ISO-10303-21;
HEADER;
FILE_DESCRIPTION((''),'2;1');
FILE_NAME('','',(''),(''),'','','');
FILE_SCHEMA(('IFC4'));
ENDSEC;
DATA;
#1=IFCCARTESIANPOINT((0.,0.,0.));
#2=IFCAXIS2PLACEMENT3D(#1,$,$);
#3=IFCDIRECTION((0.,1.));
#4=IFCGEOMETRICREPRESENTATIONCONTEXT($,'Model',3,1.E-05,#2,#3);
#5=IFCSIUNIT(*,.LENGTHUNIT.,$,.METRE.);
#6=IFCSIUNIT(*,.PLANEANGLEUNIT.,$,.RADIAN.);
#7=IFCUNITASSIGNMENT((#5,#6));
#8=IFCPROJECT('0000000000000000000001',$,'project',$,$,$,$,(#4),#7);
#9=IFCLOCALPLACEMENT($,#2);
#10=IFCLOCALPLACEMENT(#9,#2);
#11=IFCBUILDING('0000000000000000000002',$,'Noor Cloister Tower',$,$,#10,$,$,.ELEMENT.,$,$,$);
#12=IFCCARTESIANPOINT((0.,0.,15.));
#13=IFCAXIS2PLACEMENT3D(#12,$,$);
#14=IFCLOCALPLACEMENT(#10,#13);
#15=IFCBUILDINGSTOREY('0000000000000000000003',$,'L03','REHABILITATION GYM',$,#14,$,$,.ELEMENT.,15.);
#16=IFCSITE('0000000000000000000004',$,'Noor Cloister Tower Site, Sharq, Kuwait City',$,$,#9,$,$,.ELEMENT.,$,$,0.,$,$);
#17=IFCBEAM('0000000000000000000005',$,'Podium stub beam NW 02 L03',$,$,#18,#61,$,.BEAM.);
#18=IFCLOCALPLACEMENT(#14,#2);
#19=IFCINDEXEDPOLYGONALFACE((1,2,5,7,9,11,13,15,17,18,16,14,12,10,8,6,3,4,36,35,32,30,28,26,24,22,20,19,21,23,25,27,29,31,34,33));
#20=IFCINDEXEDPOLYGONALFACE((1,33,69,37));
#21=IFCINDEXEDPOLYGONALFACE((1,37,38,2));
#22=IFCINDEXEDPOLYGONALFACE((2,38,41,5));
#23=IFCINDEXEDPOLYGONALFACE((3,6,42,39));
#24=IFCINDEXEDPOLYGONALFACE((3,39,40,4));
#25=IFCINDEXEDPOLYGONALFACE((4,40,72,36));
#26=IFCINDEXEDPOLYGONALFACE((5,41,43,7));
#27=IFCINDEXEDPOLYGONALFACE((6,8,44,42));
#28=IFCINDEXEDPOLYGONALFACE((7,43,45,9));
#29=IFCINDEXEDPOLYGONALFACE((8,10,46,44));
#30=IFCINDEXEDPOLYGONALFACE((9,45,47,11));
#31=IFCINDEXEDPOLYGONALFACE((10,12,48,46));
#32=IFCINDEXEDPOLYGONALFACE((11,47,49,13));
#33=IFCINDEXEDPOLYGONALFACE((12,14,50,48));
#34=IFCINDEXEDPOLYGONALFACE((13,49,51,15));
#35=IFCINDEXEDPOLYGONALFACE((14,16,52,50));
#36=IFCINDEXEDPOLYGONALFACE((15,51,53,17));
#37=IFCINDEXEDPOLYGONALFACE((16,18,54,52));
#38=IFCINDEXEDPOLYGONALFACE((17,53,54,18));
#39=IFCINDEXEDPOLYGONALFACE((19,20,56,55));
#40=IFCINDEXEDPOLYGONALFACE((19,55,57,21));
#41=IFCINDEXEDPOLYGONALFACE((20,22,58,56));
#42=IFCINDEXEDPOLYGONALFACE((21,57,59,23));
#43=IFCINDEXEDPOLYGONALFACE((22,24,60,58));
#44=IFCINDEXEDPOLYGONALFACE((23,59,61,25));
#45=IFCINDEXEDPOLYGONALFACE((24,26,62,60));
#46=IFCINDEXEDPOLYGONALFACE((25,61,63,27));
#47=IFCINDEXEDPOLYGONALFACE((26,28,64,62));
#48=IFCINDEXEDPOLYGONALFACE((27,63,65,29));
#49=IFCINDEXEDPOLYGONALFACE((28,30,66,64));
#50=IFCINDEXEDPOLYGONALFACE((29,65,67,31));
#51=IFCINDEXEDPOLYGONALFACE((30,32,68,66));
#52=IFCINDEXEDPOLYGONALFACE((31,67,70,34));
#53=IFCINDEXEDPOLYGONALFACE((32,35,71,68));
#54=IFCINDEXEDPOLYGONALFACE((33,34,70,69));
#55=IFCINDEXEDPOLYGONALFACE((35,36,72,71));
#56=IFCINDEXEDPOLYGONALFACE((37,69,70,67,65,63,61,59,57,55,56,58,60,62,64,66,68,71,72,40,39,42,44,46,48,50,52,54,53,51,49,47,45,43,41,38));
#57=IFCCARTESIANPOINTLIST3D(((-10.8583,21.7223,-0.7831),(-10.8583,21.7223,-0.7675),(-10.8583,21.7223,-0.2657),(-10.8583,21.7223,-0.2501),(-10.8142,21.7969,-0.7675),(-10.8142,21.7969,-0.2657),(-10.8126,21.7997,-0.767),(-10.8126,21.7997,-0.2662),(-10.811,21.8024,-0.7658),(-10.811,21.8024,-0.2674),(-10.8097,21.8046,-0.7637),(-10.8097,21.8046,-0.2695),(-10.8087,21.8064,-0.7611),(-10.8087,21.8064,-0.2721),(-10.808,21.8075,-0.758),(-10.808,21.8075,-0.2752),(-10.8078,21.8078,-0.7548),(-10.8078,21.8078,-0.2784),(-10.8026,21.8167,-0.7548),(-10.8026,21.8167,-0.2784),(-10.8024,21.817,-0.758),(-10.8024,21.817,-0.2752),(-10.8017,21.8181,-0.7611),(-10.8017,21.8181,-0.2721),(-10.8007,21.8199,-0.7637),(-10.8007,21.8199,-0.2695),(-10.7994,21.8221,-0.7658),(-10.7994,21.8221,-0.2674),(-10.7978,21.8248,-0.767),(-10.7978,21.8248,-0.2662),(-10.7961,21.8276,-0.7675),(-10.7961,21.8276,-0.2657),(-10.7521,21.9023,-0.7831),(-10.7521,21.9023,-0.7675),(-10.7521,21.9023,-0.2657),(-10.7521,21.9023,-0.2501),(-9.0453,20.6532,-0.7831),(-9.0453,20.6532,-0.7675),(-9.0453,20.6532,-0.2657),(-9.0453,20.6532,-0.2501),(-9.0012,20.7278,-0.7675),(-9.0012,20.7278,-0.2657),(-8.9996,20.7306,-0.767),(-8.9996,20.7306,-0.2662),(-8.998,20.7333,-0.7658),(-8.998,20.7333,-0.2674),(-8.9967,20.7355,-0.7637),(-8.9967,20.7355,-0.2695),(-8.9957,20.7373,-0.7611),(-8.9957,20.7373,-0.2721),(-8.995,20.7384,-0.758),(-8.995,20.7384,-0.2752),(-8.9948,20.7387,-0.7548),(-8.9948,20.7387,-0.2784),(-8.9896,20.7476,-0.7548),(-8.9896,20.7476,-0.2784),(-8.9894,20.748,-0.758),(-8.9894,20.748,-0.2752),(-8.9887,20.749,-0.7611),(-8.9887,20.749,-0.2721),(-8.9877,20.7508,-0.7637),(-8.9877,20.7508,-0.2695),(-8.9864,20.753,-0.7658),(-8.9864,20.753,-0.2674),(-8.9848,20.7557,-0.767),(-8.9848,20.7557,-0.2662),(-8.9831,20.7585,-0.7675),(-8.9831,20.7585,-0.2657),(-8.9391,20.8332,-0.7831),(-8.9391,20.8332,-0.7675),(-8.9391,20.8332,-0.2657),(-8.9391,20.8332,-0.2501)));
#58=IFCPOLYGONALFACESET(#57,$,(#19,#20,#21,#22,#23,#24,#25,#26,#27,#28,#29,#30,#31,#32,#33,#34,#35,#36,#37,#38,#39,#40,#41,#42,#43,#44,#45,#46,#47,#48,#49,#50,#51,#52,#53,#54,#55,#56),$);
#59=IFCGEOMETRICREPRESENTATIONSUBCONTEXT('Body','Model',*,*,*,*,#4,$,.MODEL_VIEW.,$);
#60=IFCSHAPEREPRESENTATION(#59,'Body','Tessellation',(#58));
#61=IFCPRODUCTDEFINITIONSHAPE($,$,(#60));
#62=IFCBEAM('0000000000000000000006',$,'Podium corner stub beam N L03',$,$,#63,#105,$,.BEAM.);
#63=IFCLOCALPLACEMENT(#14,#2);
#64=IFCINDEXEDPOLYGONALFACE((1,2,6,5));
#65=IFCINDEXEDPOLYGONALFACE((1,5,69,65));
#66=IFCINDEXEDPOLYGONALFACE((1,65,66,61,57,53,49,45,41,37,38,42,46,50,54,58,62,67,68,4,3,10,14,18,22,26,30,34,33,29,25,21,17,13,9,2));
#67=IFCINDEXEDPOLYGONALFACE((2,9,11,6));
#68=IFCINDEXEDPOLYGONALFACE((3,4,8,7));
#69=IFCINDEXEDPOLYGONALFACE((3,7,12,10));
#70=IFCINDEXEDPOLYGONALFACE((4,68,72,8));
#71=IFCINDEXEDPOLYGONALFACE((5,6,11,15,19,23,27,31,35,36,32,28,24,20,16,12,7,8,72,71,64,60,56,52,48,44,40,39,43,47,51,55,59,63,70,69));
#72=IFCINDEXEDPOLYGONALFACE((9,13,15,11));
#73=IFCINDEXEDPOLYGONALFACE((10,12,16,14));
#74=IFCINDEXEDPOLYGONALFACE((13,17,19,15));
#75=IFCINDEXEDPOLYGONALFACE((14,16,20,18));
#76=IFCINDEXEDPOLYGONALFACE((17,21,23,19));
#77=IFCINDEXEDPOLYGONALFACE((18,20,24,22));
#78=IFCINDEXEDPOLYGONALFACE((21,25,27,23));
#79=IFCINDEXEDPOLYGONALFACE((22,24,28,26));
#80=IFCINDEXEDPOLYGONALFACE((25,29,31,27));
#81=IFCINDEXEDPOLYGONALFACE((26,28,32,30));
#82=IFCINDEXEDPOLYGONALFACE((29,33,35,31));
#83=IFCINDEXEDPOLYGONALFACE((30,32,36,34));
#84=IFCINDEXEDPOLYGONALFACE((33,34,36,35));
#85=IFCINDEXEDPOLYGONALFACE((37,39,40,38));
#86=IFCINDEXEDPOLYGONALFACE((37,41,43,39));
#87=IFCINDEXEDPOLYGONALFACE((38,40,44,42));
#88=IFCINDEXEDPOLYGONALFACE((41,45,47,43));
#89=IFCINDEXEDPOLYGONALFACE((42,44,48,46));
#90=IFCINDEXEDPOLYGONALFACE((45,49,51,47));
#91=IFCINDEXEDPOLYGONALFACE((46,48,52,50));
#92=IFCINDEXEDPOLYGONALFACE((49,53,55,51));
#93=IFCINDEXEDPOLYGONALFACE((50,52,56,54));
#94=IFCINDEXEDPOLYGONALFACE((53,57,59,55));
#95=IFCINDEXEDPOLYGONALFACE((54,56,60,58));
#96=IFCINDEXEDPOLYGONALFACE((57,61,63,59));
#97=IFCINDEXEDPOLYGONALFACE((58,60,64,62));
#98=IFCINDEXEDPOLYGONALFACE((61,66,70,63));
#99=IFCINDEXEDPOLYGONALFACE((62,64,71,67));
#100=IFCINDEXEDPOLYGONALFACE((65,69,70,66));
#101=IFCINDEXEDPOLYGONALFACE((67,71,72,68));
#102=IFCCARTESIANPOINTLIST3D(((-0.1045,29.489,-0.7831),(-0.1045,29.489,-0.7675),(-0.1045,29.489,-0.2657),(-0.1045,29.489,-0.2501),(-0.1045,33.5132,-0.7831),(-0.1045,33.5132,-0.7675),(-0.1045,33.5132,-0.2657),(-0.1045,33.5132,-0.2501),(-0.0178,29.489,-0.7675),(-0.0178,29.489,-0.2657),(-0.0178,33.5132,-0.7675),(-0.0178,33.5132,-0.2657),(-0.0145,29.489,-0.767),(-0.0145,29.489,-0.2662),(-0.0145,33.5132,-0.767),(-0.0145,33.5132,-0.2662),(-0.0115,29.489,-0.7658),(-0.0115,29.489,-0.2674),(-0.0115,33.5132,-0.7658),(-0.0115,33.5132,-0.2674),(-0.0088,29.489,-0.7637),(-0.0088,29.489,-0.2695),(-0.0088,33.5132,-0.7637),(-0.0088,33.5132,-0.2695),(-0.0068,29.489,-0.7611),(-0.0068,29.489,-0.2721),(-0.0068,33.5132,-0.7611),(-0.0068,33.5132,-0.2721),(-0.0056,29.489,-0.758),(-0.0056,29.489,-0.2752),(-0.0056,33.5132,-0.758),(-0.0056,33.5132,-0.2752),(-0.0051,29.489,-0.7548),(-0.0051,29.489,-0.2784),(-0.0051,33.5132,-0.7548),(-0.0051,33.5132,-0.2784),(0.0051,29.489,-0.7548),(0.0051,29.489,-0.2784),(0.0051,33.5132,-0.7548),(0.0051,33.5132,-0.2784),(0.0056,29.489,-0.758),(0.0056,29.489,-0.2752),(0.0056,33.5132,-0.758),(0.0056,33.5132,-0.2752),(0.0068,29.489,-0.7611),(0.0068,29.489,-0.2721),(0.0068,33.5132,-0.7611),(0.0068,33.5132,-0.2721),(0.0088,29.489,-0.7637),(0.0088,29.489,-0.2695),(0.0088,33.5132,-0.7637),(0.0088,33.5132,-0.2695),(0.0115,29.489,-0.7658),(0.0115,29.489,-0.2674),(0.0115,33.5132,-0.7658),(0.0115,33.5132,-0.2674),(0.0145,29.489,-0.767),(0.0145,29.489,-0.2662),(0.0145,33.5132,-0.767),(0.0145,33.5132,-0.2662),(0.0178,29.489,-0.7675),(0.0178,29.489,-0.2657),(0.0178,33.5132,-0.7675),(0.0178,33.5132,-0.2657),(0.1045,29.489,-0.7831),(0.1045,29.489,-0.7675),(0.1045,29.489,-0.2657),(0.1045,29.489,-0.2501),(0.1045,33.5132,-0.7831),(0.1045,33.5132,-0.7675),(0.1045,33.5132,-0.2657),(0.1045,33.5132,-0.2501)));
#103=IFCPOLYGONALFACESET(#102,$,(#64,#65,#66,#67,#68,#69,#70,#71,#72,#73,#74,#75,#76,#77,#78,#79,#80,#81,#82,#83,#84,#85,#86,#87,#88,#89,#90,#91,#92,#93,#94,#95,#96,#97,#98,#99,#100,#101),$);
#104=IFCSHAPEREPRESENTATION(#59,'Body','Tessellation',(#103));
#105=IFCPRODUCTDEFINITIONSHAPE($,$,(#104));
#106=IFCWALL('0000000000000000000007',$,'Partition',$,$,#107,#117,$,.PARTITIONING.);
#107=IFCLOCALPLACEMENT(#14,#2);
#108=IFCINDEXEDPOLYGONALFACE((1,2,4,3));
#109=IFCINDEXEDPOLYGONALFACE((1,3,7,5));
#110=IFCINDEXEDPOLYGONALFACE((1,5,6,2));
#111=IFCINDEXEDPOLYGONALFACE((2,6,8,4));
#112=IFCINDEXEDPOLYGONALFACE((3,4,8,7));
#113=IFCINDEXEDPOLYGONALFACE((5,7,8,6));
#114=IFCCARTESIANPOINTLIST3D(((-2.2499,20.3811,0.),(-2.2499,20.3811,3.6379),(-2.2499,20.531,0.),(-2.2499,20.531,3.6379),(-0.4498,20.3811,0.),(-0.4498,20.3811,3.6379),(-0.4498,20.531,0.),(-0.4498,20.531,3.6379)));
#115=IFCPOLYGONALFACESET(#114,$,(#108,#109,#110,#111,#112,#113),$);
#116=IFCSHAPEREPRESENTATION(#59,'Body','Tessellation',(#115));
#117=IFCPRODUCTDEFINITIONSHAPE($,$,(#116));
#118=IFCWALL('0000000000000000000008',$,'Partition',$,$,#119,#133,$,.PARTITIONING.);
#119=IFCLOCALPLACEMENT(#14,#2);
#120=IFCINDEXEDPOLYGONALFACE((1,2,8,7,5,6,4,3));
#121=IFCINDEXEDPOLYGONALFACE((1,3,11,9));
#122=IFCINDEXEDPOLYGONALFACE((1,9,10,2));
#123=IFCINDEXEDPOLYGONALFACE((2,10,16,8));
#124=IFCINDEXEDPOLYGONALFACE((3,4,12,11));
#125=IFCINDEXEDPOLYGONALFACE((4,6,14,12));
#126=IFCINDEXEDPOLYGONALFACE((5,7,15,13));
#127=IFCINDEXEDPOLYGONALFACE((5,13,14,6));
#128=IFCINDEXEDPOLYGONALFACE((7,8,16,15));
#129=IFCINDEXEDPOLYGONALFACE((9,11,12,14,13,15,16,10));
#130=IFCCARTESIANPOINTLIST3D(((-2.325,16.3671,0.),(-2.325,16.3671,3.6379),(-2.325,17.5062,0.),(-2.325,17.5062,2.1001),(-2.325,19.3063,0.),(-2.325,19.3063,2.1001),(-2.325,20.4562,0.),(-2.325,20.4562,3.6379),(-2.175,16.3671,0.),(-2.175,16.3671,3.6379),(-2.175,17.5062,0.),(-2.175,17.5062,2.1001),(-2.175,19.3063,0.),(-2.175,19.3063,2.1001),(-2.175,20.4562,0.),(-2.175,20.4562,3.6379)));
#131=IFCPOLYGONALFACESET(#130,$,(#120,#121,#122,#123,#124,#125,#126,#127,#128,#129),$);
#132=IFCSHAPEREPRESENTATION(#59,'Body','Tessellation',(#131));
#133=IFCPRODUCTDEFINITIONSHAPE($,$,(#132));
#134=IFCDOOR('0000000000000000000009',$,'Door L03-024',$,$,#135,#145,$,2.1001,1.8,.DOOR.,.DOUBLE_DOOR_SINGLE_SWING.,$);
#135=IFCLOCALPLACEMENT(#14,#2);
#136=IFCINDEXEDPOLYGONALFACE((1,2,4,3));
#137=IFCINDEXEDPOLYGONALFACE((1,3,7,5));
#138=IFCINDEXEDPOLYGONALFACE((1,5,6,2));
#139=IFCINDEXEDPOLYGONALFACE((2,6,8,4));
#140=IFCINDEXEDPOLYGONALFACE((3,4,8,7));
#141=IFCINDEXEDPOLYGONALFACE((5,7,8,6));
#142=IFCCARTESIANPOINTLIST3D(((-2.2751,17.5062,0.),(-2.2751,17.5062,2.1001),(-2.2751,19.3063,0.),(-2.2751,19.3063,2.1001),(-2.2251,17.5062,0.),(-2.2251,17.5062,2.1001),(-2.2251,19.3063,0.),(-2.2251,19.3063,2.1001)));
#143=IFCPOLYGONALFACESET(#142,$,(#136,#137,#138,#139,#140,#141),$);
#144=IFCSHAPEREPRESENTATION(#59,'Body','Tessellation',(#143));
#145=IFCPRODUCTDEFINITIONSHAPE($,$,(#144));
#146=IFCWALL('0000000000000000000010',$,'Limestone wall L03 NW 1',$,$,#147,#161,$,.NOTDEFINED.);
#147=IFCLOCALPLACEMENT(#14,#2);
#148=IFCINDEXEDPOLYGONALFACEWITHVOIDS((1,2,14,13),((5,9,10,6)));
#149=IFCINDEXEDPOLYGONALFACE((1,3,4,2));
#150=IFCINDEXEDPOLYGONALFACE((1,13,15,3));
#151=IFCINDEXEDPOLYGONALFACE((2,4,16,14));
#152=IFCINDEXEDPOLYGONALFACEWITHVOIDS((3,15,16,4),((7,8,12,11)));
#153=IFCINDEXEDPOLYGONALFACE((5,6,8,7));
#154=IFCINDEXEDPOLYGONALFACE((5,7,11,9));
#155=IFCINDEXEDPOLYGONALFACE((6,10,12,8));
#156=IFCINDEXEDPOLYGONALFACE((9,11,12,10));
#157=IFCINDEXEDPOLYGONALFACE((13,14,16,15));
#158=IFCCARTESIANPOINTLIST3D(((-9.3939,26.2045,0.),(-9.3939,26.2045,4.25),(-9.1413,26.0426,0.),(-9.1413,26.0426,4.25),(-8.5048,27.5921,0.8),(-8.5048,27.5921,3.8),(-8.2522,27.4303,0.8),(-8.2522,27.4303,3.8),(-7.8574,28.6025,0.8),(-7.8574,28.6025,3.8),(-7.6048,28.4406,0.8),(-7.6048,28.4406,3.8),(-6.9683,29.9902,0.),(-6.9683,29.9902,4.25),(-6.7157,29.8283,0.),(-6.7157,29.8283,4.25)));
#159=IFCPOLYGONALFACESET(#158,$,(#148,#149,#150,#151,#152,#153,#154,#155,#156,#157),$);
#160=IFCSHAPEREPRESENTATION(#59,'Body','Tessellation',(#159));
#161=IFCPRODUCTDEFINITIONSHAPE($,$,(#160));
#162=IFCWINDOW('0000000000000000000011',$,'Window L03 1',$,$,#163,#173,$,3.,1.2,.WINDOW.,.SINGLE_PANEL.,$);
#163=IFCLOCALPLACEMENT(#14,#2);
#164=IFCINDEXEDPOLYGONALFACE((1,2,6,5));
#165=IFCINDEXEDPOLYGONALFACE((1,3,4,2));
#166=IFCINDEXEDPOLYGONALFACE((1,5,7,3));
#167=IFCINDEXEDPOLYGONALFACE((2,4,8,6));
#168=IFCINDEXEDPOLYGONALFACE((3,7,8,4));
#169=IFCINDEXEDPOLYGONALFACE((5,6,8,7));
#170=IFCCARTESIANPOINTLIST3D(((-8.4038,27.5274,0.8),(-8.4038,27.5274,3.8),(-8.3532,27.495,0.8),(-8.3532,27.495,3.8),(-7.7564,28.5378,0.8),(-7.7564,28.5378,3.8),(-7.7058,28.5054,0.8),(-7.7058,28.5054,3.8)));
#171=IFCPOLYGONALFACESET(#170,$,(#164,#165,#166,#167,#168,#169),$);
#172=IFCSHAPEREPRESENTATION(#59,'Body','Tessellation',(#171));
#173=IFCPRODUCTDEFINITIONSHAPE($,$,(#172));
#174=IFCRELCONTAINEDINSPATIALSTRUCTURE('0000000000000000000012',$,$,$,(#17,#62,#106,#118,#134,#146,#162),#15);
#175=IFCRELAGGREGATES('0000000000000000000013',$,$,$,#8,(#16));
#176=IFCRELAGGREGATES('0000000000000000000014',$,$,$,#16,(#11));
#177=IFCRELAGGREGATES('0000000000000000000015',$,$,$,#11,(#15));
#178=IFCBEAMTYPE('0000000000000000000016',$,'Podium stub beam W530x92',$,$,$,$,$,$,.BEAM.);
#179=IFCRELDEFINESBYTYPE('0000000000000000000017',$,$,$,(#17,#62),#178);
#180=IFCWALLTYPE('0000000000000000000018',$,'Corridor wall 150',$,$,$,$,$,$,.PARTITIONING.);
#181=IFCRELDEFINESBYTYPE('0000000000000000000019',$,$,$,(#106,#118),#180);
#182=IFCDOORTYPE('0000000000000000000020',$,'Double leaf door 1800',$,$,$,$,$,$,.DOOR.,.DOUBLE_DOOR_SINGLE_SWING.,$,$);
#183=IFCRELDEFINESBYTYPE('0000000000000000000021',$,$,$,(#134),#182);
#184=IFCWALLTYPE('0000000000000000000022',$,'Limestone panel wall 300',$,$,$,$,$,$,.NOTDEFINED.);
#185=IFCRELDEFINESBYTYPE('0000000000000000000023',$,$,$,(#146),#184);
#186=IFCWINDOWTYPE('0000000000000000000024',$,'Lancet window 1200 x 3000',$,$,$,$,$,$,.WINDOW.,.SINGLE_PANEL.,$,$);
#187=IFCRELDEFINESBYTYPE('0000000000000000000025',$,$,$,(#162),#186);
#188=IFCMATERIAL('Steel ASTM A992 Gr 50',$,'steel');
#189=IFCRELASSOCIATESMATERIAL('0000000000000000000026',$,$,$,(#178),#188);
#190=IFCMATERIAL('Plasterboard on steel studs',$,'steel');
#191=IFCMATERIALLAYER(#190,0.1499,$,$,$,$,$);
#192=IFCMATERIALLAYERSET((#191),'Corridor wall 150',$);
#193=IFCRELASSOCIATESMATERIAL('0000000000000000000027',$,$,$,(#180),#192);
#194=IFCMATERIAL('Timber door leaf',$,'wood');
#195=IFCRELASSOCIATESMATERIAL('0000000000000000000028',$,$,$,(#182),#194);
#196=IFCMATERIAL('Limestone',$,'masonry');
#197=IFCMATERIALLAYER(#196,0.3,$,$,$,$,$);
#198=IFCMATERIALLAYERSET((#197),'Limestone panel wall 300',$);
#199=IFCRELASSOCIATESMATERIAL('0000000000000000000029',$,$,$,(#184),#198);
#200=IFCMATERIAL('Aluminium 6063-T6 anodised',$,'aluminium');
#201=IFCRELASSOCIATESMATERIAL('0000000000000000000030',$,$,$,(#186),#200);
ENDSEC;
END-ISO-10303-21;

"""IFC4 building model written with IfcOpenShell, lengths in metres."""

from ifc_helpers import new_model, si_unit, direction, frame, frame_2d, origin, origin_2d, place, context, subcontext, project, spatial, rectangle, i_section, extrude, material, layer, layer_set, material_profile, profile_set, type_object, element, fill, save


model = new_model("IFC4")

# Units and contexts
model_context = context("Model", 3, precision=1e-05, world=origin(), true_north=direction((0.0, 1.0)))
body_context = subcontext(model_context, "Body", "Model", "MODEL_VIEW")
ifc_project = project(units=[si_unit("LENGTHUNIT", "METRE"), si_unit("PLANEANGLEUNIT", "RADIAN")], contexts=[model_context])

# Site, building, storey
site_placement = place(None, origin())
site = spatial("IfcSite", under=ifc_project, at=site_placement, Name="Noor Cloister Tower Site, Sharq, Kuwait City", CompositionType="ELEMENT", RefElevation=0.0)
building_placement = place(site_placement, origin())
building = spatial("IfcBuilding", under=site, at=building_placement, Name="Noor Cloister Tower", CompositionType="ELEMENT")
storey_placement = place(building_placement, frame((0.0, 0.0, 15.0)))
storey = spatial("IfcBuildingStorey", under=building, at=storey_placement, Name="L03", Description="REHABILITATION GYM", CompositionType="ELEMENT", Elevation=15.0)

# Beams
ifc_material_1 = material(Name="Steel ASTM A992 Gr 50", Category="steel")
ifc_material_profile_1 = material_profile(ifc_material_1, i_section(OverallWidth=0.209, OverallDepth=0.533, WebThickness=0.0103, FlangeThickness=0.0156, FilletRadius=0.0127, at=origin_2d()), Name="W530x92")
ifc_profile_set_1 = profile_set([ifc_material_profile_1], Name="Steel ASTM A992 Gr 50")
beam_type_1 = type_object("IfcBeamType", Name="Podium stub beam W530x92", PredefinedType="BEAM", material=ifc_profile_set_1)
beam_1_placement = place(storey_placement, frame((-8.9922, 20.7432, -0.5166), z_axis=(-0.861388, 0.507948, 0.0), x_axis=(-0.507948, -0.861388, 0.0)))
element("IfcBeam", 1, at=beam_1_placement, inside=storey, type_object=beam_type_1, Name="Podium stub beam NW 02 L03", PredefinedType="BEAM", context=body_context, shape_type="SweptSolid", body=[
    extrude(i_section(OverallWidth=0.209, OverallDepth=0.533, WebThickness=0.0103, FlangeThickness=0.0156, FilletRadius=0.0127, at=origin_2d()), origin(), (0.0, 0.0, 1.0), 2.1047),
])
beam_2_placement = place(storey_placement, frame((0.0, 29.489, -0.5166), z_axis=(0.0, 1.0, 0.0), x_axis=(-1.0, 0.0, 0.0)))
element("IfcBeam", 2, at=beam_2_placement, inside=storey, type_object=beam_type_1, Name="Podium corner stub beam N L03", PredefinedType="BEAM", context=body_context, shape_type="SweptSolid", body=[
    extrude(i_section(OverallWidth=0.209, OverallDepth=0.533, WebThickness=0.0103, FlangeThickness=0.0156, FilletRadius=0.0127, at=origin_2d()), origin(), (0.0, 0.0, 1.0), 4.0242),
])

# Wall
ifc_material_2 = material(Name="Plasterboard on steel studs", Category="steel")
ifc_layer_1 = layer(ifc_material_2, 0.1499)
ifc_layer_set_1 = layer_set([ifc_layer_1], Name="Corridor wall 150")
wall_type_1 = type_object("IfcWallType", Name="Corridor wall 150", PredefinedType="PARTITIONING", material=ifc_layer_set_1)
wall_1_placement = place(storey_placement, frame((-0.45, 20.4561, 0.0), z_axis=(0.0, 0.0, 1.0), x_axis=(-1.0, 0.0, 0.0)))
element("IfcWall", 3, at=wall_1_placement, inside=storey, type_object=wall_type_1, Name="Partition", PredefinedType="PARTITIONING", context=body_context, shape_type="SweptSolid", body=[
    extrude(rectangle(XDim=1.8, YDim=0.1499, at=frame_2d((0.8999, 0.0))), origin(), (0.0, 0.0, 1.0), 3.6379),
])

# Wall, opening, door
wall_2_placement = place(storey_placement, frame((-2.25, 20.4561, 0.0), z_axis=(0.0, 0.0, 1.0), x_axis=(0.0, -1.0, 0.0)))
wall_2 = element("IfcWall", 4, at=wall_2_placement, inside=storey, type_object=wall_type_1, Name="Partition", PredefinedType="PARTITIONING", context=body_context, shape_type="SweptSolid", body=[
    extrude(rectangle(XDim=4.0891, YDim=0.1499, at=frame_2d((2.0444, 0.0))), origin(), (0.0, 0.0, 1.0), 3.6379),
])
opening_1_placement = place(wall_2_placement, frame((1.1499, 0.0, 0.0)))
opening_1 = element("IfcOpeningElement", 5, at=opening_1_placement, cuts=wall_2, PredefinedType="OPENING", context=body_context, shape_type="SweptSolid", body=[
    extrude(rectangle(XDim=1.8, YDim=2.1001, at=frame_2d((0.8999, 1.05))), frame((0.0, 0.085, 0.0), z_axis=(0.0, -1.0, 0.0), x_axis=(1.0, 0.0, 0.0)), (0.0, 0.0, 1.0), 0.1699),
])
ifc_material_3 = material(Name="Timber door leaf", Category="wood")
door_type = type_object("IfcDoorType", Name="Double leaf door 1800", OperationType="DOUBLE_DOOR_SINGLE_SWING", PredefinedType="DOOR", material=ifc_material_3)
door_placement = place(opening_1_placement, origin())
door = element("IfcDoor", 6, at=door_placement, inside=storey, type_object=door_type, Name="Door L03-024", OperationType="DOUBLE_DOOR_SINGLE_SWING", OverallHeight=2.1001, OverallWidth=1.8, PredefinedType="DOOR", context=body_context, shape_type="SweptSolid", body=[
    extrude(rectangle(XDim=1.8, YDim=2.1001, at=frame_2d((0.8999, 1.05))), frame((0.0, 0.0249, 0.0), z_axis=(0.0, -1.0, 0.0), x_axis=(1.0, 0.0, 0.0)), (0.0, 0.0, 1.0), 0.05),
])
fill(opening_1, door)

# Wall, opening, window
ifc_material_4 = material(Name="Limestone", Category="masonry")
ifc_layer_2 = layer(ifc_material_4, 0.3)
ifc_layer_set_2 = layer_set([ifc_layer_2], Name="Limestone panel wall 300")
wall_type_2 = type_object("IfcWallType", Name="Limestone panel wall 300", PredefinedType="NOTDEFINED", material=ifc_layer_set_2)
wall_3_placement = place(storey_placement, frame((-9.2676, 26.1235, 0.0), z_axis=(0.0, 0.0, 1.0), x_axis=(0.539484, 0.841996, 0.0)))
wall_3 = element("IfcWall", 7, at=wall_3_placement, inside=storey, type_object=wall_type_2, Name="Limestone wall L03 NW 1", PredefinedType="NOTDEFINED", context=body_context, shape_type="SweptSolid", body=[
    extrude(rectangle(XDim=4.4961, YDim=0.3, at=frame_2d((2.248, 0.0))), origin(), (0.0, 0.0, 1.0), 4.25),
])
opening_2_placement = place(wall_3_placement, frame((1.6479, 0.0, 0.8)))
opening_2 = element("IfcOpeningElement", 8, at=opening_2_placement, cuts=wall_3, PredefinedType="OPENING", context=body_context, shape_type="SweptSolid", body=[
    extrude(rectangle(XDim=1.2, YDim=3.0, at=frame_2d((0.6001, 1.5))), frame((0.0, 0.1602, 0.0), z_axis=(0.0, -1.0, 0.0), x_axis=(1.0, 0.0, 0.0)), (0.0, 0.0, 1.0), 0.3201),
])
ifc_material_5 = material(Name="Aluminium 6063-T6 anodised", Category="aluminium")
window_type_1 = type_object("IfcWindowType", Name="Lancet window 1200 x 3000", PartitioningType="SINGLE_PANEL", PredefinedType="WINDOW", material=ifc_material_5)
window_1_placement = place(opening_2_placement, origin())
window_1 = element("IfcWindow", 9, at=window_1_placement, inside=storey, type_object=window_type_1, Name="Window L03 1", OverallHeight=3.0, OverallWidth=1.2, PartitioningType="SINGLE_PANEL", PredefinedType="WINDOW", context=body_context, shape_type="SweptSolid", body=[
    extrude(rectangle(XDim=1.2, YDim=3.0, at=frame_2d((0.6001, 1.5))), frame((0.0, 0.03, 0.0), z_axis=(0.0, -1.0, 0.0), x_axis=(1.0, 0.0, 0.0)), (0.0, 0.0, 1.0), 0.0601),
])
fill(opening_2, window_1)

save(model, "model.ifc")
